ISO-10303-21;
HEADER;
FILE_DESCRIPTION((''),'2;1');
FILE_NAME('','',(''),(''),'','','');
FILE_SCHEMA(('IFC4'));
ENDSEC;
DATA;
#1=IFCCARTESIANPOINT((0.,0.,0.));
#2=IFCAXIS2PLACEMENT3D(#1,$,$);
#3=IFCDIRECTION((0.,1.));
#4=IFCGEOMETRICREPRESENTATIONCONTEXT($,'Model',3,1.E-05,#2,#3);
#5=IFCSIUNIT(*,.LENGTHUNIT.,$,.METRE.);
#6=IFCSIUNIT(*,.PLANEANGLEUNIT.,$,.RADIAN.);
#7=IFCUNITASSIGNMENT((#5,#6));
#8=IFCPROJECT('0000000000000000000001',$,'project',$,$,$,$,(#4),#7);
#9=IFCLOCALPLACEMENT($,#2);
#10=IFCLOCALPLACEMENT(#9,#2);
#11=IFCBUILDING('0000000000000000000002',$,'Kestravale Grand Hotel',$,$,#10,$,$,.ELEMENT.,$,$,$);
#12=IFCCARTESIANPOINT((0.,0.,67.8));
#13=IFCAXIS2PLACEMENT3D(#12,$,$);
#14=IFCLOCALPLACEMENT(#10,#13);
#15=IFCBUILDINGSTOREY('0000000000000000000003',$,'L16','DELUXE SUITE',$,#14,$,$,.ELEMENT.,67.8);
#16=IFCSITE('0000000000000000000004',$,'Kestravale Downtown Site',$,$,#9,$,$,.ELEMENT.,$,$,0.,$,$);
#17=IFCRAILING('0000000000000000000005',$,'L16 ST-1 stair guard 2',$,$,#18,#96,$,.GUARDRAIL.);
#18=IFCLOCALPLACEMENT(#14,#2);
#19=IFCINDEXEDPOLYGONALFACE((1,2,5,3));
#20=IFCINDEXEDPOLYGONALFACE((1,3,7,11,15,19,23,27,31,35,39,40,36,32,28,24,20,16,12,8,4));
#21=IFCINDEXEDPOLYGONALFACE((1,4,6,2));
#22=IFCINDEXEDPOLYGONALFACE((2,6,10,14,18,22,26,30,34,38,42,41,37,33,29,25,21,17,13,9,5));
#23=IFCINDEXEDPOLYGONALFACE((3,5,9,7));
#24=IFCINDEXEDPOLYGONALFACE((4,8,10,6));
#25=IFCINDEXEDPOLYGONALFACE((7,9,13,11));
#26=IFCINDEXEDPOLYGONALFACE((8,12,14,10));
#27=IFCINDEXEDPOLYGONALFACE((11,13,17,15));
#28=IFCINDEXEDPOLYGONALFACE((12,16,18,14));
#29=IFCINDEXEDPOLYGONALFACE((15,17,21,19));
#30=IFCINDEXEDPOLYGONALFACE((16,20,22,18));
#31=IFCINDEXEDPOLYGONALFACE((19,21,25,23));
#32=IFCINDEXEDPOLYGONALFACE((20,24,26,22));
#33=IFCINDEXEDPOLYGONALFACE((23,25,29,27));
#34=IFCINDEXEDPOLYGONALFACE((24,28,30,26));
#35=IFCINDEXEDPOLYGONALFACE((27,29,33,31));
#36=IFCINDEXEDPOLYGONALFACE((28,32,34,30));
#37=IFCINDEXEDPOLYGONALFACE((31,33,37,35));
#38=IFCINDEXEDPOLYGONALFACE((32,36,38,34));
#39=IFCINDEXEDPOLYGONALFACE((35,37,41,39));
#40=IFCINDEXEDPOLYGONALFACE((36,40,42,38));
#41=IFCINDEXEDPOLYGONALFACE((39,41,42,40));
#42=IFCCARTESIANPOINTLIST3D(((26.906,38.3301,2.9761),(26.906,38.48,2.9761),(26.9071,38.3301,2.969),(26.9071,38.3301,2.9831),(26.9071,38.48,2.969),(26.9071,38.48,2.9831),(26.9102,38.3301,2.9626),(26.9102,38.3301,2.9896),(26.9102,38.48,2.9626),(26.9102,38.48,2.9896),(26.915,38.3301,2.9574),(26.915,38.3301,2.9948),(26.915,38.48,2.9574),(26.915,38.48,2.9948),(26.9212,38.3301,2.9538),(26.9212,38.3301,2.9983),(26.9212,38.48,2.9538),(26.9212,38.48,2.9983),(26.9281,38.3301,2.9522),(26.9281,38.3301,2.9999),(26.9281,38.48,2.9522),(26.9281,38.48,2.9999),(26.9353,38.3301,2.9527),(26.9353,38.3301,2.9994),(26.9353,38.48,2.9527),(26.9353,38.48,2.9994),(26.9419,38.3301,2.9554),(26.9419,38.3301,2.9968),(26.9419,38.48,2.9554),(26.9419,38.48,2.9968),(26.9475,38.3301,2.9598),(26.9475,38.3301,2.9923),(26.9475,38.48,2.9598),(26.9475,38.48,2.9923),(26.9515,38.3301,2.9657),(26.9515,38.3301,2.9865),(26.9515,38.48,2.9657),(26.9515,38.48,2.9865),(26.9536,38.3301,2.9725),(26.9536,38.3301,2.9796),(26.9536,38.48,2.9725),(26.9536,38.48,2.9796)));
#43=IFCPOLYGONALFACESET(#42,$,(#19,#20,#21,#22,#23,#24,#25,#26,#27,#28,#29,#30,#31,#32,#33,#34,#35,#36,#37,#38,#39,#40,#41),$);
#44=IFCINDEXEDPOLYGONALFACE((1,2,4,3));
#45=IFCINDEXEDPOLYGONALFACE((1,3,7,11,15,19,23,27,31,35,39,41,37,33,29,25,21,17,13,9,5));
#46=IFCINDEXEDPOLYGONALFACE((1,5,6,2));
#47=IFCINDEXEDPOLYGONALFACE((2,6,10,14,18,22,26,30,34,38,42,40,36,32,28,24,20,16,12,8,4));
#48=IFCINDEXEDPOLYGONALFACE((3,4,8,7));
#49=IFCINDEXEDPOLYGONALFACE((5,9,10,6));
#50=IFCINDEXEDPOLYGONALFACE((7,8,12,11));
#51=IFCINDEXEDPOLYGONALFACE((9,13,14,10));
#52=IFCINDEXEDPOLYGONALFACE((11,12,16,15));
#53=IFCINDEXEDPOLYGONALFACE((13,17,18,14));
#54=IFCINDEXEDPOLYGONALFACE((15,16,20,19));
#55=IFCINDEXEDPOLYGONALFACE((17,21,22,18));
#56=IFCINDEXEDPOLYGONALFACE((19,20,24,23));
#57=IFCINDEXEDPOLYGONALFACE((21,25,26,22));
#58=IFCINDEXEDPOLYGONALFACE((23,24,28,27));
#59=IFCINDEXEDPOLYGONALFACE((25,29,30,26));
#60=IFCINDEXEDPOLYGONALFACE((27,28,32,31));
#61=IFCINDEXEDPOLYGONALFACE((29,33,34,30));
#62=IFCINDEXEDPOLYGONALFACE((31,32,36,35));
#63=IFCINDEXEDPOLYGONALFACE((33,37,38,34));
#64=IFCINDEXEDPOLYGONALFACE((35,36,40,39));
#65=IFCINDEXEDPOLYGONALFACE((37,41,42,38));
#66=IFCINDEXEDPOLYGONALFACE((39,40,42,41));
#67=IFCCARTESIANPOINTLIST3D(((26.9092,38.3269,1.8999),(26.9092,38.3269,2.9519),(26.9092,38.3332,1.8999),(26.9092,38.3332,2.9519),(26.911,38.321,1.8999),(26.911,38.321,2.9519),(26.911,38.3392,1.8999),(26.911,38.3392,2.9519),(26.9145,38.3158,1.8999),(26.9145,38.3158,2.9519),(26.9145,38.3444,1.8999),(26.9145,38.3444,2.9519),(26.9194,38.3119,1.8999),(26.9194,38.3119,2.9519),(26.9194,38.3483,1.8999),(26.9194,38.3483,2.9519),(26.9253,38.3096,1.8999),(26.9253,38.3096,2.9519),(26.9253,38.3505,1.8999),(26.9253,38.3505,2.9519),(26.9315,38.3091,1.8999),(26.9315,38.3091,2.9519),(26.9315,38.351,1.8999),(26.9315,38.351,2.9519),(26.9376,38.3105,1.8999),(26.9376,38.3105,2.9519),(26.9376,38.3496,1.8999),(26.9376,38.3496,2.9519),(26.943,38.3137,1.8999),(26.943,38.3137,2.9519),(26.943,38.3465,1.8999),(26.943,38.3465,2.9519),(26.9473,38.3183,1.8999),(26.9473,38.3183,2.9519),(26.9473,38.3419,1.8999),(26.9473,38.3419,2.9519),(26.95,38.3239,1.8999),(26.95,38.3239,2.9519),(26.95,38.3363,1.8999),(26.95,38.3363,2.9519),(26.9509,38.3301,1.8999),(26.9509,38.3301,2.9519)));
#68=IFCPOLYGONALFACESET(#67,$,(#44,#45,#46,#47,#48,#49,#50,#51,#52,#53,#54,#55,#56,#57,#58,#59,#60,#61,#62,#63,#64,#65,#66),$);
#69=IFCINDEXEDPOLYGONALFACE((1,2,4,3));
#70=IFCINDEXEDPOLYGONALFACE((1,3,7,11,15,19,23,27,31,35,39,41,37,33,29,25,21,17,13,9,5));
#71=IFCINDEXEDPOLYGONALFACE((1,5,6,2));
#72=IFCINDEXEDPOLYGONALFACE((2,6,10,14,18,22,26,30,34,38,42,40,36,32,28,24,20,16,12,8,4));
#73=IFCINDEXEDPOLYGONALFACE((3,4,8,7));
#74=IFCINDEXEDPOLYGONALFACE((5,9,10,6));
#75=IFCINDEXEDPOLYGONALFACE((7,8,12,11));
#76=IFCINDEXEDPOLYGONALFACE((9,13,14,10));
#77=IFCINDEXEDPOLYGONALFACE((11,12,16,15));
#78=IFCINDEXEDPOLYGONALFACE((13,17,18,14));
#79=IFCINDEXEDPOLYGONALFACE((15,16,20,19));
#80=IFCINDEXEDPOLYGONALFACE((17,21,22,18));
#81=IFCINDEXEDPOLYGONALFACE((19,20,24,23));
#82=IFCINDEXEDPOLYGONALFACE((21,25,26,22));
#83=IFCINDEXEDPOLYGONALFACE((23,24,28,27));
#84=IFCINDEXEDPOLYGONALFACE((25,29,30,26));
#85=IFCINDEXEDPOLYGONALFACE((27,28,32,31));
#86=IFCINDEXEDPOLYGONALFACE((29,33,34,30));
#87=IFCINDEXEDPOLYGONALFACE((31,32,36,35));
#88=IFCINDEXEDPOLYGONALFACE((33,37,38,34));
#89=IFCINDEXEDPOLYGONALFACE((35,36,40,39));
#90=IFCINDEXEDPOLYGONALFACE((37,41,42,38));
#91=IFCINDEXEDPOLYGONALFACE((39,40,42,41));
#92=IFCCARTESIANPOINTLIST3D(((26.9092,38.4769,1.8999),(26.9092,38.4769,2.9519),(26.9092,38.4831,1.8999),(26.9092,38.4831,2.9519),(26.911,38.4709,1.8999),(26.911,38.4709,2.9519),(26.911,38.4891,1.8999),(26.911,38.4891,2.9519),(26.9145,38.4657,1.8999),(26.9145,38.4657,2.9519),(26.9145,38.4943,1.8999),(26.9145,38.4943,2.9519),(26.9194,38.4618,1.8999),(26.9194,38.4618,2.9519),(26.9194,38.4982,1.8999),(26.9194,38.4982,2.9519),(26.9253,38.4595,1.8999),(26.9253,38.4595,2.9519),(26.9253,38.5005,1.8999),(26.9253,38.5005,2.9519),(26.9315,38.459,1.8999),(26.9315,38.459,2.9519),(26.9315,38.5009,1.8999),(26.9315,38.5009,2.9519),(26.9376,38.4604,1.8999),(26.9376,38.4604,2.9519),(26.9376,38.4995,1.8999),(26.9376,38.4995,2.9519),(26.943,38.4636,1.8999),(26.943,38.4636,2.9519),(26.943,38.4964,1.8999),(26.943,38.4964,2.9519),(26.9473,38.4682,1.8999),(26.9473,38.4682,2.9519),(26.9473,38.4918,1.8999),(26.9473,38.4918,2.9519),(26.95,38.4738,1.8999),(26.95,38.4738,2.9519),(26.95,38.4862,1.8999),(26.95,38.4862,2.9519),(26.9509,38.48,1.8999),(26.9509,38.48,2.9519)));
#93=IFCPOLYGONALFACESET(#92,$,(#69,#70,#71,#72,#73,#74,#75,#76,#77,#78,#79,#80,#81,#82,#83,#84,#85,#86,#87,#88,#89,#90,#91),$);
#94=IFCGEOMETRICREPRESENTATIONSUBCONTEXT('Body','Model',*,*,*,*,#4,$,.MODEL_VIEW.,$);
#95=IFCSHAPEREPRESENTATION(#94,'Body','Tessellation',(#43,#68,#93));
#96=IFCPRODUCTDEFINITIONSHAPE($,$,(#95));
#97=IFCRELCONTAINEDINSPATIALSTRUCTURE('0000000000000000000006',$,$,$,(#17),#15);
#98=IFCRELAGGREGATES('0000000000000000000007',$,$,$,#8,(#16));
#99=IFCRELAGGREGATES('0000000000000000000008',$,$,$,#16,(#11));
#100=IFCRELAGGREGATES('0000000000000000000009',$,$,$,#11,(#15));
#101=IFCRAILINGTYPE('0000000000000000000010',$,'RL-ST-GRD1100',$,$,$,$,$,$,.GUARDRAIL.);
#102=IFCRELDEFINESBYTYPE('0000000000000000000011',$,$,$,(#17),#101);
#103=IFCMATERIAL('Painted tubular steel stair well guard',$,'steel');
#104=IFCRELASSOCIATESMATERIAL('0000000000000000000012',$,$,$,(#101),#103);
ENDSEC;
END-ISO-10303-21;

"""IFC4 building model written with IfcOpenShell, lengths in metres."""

from ifc_helpers import new_model, si_unit, direction, frame, origin, origin_2d, place, context, subcontext, project, spatial, circle, extrude, material, type_object, element, save


model = new_model("IFC4")

# Units and contexts
model_context = context("Model", 3, precision=1e-05, world=origin(), true_north=direction((0.0, 1.0)))
body_context = subcontext(model_context, "Body", "Model", "MODEL_VIEW")
ifc_project = project(units=[si_unit("LENGTHUNIT", "METRE"), si_unit("PLANEANGLEUNIT", "RADIAN")], contexts=[model_context])

# Site, building, storey
site_placement = place(None, origin())
site = spatial("IfcSite", under=ifc_project, at=site_placement, Name="Kestravale Downtown Site", CompositionType="ELEMENT", RefElevation=0.0)
building_placement = place(site_placement, origin())
building = spatial("IfcBuilding", under=site, at=building_placement, Name="Kestravale Grand Hotel", CompositionType="ELEMENT")
storey_placement = place(building_placement, frame((0.0, 0.0, 67.8)))
storey = spatial("IfcBuildingStorey", under=building, at=storey_placement, Name="L16", Description="DELUXE SUITE", CompositionType="ELEMENT", Elevation=67.8)

# Railing
ifc_material_1 = material(Name="Painted tubular steel stair well guard", Category="steel")
railing_type_1 = type_object("IfcRailingType", Name="RL-ST-GRD1100", PredefinedType="GUARDRAIL", material=ifc_material_1)
railing_1_placement = place(storey_placement, frame((26.9299, 38.3301, 1.8999)))
element("IfcRailing", 1, at=railing_1_placement, inside=storey, type_object=railing_type_1, Name="L16 ST-1 stair guard 2", PredefinedType="GUARDRAIL", context=body_context, shape_type="SweptSolid", body=[
    extrude(circle(Radius=0.0239, at=origin_2d()), frame((0.0, 0.0, 1.0762), z_axis=(0.0, 1.0, 0.0), x_axis=(-1.0, 0.0, 0.0)), (0.0, 0.0, 1.0), 0.1499),
    extrude(circle(Radius=0.021, at=origin_2d()), origin(), (0.0, 0.0, 1.0), 1.052),
    extrude(circle(Radius=0.021, at=origin_2d()), frame((0.0, 0.1499, 0.0)), (0.0, 0.0, 1.0), 1.052),
])

save(model, "model.ifc")
